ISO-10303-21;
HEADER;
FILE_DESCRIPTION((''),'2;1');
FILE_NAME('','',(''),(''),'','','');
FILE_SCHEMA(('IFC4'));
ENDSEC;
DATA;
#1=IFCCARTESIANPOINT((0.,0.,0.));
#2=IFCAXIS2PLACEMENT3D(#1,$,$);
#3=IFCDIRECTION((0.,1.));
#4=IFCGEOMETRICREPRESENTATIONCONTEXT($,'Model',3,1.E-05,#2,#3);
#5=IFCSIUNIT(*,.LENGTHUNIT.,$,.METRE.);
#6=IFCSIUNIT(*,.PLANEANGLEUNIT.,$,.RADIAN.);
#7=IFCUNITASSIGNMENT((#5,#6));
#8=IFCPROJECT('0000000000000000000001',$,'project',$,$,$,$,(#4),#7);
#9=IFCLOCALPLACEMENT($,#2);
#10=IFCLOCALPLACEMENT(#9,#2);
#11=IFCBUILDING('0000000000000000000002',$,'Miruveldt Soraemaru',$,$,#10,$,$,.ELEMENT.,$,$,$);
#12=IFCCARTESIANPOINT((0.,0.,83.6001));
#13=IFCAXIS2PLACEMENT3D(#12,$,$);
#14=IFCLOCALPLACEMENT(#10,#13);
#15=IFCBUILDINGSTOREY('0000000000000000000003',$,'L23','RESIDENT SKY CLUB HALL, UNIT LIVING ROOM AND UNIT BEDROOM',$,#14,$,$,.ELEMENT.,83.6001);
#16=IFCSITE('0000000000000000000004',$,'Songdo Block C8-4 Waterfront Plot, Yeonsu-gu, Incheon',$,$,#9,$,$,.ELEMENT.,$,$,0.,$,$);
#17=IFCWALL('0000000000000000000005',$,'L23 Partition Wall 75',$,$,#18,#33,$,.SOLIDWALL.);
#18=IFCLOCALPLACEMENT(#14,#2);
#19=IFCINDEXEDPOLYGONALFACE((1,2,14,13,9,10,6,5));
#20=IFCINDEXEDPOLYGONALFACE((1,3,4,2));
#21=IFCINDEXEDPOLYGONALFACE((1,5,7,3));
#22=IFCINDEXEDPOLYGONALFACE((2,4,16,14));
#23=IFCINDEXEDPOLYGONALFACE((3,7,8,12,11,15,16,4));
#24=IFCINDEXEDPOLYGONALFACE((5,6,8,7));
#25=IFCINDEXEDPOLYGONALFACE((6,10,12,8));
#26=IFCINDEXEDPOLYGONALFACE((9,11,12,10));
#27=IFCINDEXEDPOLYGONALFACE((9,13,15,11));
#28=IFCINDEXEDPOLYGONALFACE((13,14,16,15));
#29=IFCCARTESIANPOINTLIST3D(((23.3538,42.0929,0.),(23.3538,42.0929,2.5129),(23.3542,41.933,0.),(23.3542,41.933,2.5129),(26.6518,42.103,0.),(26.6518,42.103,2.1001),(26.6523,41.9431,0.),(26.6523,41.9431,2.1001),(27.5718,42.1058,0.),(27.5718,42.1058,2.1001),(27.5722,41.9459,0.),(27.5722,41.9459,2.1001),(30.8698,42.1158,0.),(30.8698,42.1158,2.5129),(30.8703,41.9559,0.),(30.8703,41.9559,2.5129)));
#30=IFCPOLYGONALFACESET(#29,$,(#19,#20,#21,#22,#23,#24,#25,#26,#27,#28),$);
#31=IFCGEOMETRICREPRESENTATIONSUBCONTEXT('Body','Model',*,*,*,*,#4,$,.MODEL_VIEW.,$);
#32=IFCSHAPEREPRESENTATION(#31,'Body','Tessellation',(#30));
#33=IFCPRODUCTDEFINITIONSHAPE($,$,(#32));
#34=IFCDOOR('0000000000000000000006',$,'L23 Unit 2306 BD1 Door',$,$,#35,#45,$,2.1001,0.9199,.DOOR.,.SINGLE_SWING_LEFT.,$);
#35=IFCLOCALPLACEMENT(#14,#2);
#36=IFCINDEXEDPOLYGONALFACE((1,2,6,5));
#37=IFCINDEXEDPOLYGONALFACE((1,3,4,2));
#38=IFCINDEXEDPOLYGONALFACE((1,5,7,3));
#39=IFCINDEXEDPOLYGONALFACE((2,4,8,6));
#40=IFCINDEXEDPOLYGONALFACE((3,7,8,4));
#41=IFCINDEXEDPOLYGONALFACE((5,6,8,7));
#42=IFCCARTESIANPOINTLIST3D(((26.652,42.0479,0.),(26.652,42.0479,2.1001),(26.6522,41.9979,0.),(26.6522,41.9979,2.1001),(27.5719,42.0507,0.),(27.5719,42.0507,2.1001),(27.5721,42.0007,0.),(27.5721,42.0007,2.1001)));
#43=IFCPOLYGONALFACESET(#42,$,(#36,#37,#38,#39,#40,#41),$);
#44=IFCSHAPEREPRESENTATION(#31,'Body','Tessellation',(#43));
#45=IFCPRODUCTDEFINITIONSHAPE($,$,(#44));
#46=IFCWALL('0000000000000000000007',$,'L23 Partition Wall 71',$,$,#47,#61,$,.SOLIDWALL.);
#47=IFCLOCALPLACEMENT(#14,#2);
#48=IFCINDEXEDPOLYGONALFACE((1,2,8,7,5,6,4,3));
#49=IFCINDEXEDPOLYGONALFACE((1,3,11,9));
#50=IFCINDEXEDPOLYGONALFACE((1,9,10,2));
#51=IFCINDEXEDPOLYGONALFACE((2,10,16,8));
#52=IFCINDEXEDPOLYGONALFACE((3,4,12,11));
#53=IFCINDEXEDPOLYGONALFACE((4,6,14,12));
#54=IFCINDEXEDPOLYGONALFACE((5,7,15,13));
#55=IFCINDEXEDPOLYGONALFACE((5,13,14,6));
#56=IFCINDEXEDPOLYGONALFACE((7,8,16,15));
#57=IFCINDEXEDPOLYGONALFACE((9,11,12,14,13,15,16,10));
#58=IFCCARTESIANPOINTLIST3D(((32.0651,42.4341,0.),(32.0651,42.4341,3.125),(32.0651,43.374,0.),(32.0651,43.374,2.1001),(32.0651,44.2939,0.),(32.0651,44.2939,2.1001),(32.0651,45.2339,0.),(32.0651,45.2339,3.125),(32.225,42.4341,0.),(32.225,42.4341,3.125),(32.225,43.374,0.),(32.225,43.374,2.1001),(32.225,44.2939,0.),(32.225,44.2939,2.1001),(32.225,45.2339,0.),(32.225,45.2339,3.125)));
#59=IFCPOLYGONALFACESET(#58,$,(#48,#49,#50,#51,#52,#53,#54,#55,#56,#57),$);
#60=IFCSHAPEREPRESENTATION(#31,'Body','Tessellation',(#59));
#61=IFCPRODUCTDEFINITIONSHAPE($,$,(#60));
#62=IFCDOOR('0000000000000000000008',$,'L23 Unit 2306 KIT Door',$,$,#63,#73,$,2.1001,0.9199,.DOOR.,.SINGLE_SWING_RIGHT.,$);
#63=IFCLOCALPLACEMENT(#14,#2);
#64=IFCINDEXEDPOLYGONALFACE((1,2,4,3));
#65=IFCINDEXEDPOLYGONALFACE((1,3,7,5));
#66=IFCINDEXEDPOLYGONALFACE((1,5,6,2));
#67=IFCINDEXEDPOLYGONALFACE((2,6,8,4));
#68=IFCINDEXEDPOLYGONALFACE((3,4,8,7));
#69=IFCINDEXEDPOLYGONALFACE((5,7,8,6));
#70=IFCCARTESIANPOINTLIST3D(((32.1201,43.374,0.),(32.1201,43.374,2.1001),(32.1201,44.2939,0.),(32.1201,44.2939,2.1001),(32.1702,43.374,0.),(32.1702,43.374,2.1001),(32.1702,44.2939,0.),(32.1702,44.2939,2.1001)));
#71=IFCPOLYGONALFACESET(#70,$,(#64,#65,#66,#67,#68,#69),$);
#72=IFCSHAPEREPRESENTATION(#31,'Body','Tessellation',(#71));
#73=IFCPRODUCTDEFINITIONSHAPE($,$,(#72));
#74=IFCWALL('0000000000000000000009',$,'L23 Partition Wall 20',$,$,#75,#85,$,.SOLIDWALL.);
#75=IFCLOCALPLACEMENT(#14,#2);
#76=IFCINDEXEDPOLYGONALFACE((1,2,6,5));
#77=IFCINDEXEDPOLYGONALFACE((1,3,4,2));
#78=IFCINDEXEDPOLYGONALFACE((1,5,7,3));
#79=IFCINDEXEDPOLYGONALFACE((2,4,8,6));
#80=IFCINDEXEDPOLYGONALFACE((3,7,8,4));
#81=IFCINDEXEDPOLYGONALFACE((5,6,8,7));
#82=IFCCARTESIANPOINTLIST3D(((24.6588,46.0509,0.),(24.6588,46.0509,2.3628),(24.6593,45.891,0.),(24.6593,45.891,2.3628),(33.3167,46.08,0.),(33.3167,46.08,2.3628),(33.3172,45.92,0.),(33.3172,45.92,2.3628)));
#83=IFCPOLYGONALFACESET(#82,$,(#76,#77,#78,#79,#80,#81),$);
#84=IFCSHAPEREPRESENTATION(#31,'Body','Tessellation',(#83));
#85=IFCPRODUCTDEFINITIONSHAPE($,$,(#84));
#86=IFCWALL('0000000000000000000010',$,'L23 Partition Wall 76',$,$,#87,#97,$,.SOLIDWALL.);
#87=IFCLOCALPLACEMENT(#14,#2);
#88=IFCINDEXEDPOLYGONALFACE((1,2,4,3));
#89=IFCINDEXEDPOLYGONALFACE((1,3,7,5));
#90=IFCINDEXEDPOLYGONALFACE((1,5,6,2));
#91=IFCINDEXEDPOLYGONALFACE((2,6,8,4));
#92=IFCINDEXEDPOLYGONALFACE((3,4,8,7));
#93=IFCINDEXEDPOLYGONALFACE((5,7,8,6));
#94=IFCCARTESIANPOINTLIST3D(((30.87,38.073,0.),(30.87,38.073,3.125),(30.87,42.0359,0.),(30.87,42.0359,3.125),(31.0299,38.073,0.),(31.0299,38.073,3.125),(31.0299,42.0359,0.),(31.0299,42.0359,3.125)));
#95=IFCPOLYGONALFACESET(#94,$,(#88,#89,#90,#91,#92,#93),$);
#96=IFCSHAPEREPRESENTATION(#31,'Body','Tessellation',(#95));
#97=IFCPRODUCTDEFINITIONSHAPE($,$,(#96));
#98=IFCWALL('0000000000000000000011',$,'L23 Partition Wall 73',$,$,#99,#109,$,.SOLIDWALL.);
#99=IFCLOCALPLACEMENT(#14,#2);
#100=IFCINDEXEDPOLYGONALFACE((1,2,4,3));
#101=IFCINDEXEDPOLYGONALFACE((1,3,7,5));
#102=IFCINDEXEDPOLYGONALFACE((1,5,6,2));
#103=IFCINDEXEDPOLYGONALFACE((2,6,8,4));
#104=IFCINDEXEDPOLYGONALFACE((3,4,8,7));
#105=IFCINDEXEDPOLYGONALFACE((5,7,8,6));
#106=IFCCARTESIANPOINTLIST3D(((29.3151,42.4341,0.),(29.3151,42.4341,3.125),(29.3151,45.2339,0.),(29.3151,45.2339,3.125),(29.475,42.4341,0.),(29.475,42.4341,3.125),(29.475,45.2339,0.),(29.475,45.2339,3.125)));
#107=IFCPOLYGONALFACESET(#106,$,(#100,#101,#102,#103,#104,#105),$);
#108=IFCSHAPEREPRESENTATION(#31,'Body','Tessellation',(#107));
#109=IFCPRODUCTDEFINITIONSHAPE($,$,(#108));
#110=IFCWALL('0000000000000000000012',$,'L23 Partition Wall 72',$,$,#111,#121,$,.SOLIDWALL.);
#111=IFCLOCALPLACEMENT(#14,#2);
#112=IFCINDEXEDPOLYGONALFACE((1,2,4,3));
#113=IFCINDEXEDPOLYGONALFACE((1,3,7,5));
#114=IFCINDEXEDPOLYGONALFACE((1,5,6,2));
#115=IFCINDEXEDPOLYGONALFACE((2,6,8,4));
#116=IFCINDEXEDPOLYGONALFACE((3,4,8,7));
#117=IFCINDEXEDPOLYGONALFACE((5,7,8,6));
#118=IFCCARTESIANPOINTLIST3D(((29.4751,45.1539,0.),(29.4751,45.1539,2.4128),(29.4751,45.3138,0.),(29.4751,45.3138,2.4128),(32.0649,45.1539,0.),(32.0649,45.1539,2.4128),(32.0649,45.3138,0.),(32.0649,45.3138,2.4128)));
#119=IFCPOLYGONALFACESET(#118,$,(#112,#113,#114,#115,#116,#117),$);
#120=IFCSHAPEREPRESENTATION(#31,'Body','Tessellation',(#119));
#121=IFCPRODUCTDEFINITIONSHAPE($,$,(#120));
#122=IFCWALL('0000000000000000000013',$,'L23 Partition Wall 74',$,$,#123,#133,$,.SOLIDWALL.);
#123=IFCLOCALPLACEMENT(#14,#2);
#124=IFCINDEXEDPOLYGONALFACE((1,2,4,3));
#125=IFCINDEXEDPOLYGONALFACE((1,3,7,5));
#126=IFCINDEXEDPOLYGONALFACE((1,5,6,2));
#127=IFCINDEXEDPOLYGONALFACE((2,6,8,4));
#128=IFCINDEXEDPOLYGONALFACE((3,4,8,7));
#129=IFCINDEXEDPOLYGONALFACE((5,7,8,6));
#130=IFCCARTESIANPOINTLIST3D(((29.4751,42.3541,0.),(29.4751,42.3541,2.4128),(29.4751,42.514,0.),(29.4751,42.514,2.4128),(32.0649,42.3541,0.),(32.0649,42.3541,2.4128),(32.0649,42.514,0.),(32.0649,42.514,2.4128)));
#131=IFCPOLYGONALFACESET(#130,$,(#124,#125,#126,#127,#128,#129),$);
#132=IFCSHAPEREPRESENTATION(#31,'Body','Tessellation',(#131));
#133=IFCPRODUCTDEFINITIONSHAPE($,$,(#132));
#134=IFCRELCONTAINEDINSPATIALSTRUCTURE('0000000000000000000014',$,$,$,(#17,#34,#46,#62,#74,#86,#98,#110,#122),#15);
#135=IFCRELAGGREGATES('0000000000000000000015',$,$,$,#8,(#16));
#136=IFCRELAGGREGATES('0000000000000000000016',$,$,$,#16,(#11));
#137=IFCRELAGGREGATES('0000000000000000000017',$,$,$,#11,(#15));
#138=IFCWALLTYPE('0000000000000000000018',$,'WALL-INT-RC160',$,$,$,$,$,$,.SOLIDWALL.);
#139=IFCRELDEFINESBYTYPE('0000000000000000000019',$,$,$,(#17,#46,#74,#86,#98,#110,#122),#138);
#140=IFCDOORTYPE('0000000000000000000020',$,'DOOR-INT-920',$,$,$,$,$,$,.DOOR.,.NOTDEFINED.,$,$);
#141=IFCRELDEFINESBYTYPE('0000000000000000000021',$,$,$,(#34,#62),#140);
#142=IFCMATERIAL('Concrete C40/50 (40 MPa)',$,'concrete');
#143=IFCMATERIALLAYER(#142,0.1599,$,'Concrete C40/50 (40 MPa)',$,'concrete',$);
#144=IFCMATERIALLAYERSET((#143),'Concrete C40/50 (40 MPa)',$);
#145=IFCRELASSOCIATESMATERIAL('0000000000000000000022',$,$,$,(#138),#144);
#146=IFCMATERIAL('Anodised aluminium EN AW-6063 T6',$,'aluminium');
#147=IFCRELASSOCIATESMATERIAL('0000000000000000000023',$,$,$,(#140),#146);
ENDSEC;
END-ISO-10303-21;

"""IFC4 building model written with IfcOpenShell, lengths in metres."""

from ifc_helpers import new_model, si_unit, direction, frame, frame_2d, origin, place, context, subcontext, project, spatial, rectangle, extrude, material, layer, layer_set, type_object, element, fill, save


model = new_model("IFC4")

# Units and contexts
model_context = context("Model", 3, precision=1e-05, world=origin(), true_north=direction((0.0, 1.0)))
body_context = subcontext(model_context, "Body", "Model", "MODEL_VIEW")
ifc_project = project(units=[si_unit("LENGTHUNIT", "METRE"), si_unit("PLANEANGLEUNIT", "RADIAN")], contexts=[model_context])

# Site, building, storey
site_placement = place(None, origin())
site = spatial("IfcSite", under=ifc_project, at=site_placement, Name="Songdo Block C8-4 Waterfront Plot, Yeonsu-gu, Incheon", CompositionType="ELEMENT", RefElevation=0.0)
building_placement = place(site_placement, origin())
building = spatial("IfcBuilding", under=site, at=building_placement, Name="Miruveldt Soraemaru", CompositionType="ELEMENT")
storey_placement = place(building_placement, frame((0.0, 0.0, 83.6001)))
storey = spatial("IfcBuildingStorey", under=building, at=storey_placement, Name="L23", Description="RESIDENT SKY CLUB HALL, UNIT LIVING ROOM AND UNIT BEDROOM", CompositionType="ELEMENT", Elevation=83.6001)

# Shared definitions
ifc_material_1 = material(Name="Concrete C40/50 (40 MPa)", Category="concrete")

# Shared definitions
ifc_material_2 = material(Name="Anodised aluminium EN AW-6063 T6", Category="aluminium")

# Walls, openings, doors
ifc_layer_1 = layer(ifc_material_1, 0.1599, Name="Concrete C40/50 (40 MPa)", Category="concrete")
ifc_layer_set_1 = layer_set([ifc_layer_1], Name="Concrete C40/50 (40 MPa)")
wall_type_1 = type_object("IfcWallType", Name="WALL-INT-RC160", PredefinedType="SOLIDWALL", material=ifc_layer_set_1)
wall_1_placement = place(storey_placement, frame((23.354, 42.0129, 0.0), z_axis=(0.0, 0.0, 1.0), x_axis=(0.999995, 0.003053, 0.0)))
wall_1 = element("IfcWall", 1, at=wall_1_placement, inside=storey, type_object=wall_type_1, Name="L23 Partition Wall 75", PredefinedType="SOLIDWALL", context=body_context, shape_type="SweptSolid", body=[
    extrude(rectangle(XDim=7.5161, YDim=0.1599, at=frame_2d((3.7581, 0.0))), origin(), (0.0, 0.0, 1.0), 2.5129),
])
opening_1_placement = place(wall_1_placement, frame((3.2981, 0.0, 0.0)))
opening_1 = element("IfcOpeningElement", 2, at=opening_1_placement, cuts=wall_1, PredefinedType="OPENING", context=body_context, shape_type="SweptSolid", body=[
    extrude(rectangle(XDim=0.9199, YDim=2.1001, at=frame_2d((0.46, 1.05))), frame((0.0, 0.0898, 0.0), z_axis=(0.0, -1.0, 0.0), x_axis=(1.0, 0.0, 0.0)), (0.0, 0.0, 1.0), 0.1799),
])
door_type_1 = type_object("IfcDoorType", Name="DOOR-INT-920", OperationType="NOTDEFINED", PredefinedType="DOOR", material=ifc_material_2)
door_1_placement = place(opening_1_placement, origin())
door_1 = element("IfcDoor", 3, at=door_1_placement, inside=storey, type_object=door_type_1, Name="L23 Unit 2306 BD1 Door", OperationType="SINGLE_SWING_LEFT", OverallHeight=2.1001, OverallWidth=0.9199, PredefinedType="DOOR", context=body_context, shape_type="SweptSolid", body=[
    extrude(rectangle(XDim=0.9199, YDim=2.1001, at=frame_2d((0.46, 1.05))), frame((0.0, 0.0249, 0.0), z_axis=(0.0, -1.0, 0.0), x_axis=(1.0, 0.0, 0.0)), (0.0, 0.0, 1.0), 0.05),
])
fill(opening_1, door_1)
wall_2_placement = place(storey_placement, frame((32.145, 42.4341, 0.0), z_axis=(0.0, 0.0, 1.0), x_axis=(0.0, 1.0, 0.0)))
wall_2 = element("IfcWall", 4, at=wall_2_placement, inside=storey, type_object=wall_type_1, Name="L23 Partition Wall 71", PredefinedType="SOLIDWALL", context=body_context, shape_type="SweptSolid", body=[
    extrude(rectangle(XDim=2.7998, YDim=0.1599, at=frame_2d((1.3999, 0.0))), origin(), (0.0, 0.0, 1.0), 3.125),
])
opening_2_placement = place(wall_2_placement, frame((0.9399, 0.0, 0.0)))
opening_2 = element("IfcOpeningElement", 5, at=opening_2_placement, cuts=wall_2, PredefinedType="OPENING", context=body_context, shape_type="SweptSolid", body=[
    extrude(rectangle(XDim=0.9199, YDim=2.1001, at=frame_2d((0.46, 1.05))), frame((0.0, 0.0898, 0.0), z_axis=(0.0, -1.0, 0.0), x_axis=(1.0, 0.0, 0.0)), (0.0, 0.0, 1.0), 0.1799),
])
door_2_placement = place(opening_2_placement, origin())
door_2 = element("IfcDoor", 6, at=door_2_placement, inside=storey, type_object=door_type_1, Name="L23 Unit 2306 KIT Door", OperationType="SINGLE_SWING_RIGHT", OverallHeight=2.1001, OverallWidth=0.9199, PredefinedType="DOOR", context=body_context, shape_type="SweptSolid", body=[
    extrude(rectangle(XDim=0.9199, YDim=2.1001, at=frame_2d((0.46, 1.05))), frame((0.0, 0.0249, 0.0), z_axis=(0.0, -1.0, 0.0), x_axis=(1.0, 0.0, 0.0)), (0.0, 0.0, 1.0), 0.05),
])
fill(opening_2, door_2)

# Walls
wall_3_placement = place(storey_placement, frame((24.6589, 45.9709, 0.0), z_axis=(0.0, 0.0, 1.0), x_axis=(0.999994, 0.003356, 0.0)))
element("IfcWall", 7, at=wall_3_placement, inside=storey, type_object=wall_type_1, Name="L23 Partition Wall 20", PredefinedType="SOLIDWALL", context=body_context, shape_type="SweptSolid", body=[
    extrude(rectangle(XDim=8.658, YDim=0.1599, at=frame_2d((4.3291, 0.0))), origin(), (0.0, 0.0, 1.0), 2.3628),
])
wall_4_placement = place(storey_placement, frame((30.95, 42.0359, 0.0), z_axis=(0.0, 0.0, 1.0), x_axis=(0.0, -1.0, 0.0)))
element("IfcWall", 8, at=wall_4_placement, inside=storey, type_object=wall_type_1, Name="L23 Partition Wall 76", PredefinedType="SOLIDWALL", context=body_context, shape_type="SweptSolid", body=[
    extrude(rectangle(XDim=3.9629, YDim=0.1599, at=frame_2d((1.9814, 0.0))), origin(), (0.0, 0.0, 1.0), 3.125),
])
wall_5_placement = place(storey_placement, frame((29.395, 45.2339, 0.0), z_axis=(0.0, 0.0, 1.0), x_axis=(0.0, -1.0, 0.0)))
element("IfcWall", 9, at=wall_5_placement, inside=storey, type_object=wall_type_1, Name="L23 Partition Wall 73", PredefinedType="SOLIDWALL", context=body_context, shape_type="SweptSolid", body=[
    extrude(rectangle(XDim=2.7998, YDim=0.1599, at=frame_2d((1.3999, 0.0))), origin(), (0.0, 0.0, 1.0), 3.125),
])
for number, where, z_axis, x_axis, name in (
    (10, (32.0649, 45.2339, 0.0), (0.0, 0.0, 1.0), (-1.0, 0.0, 0.0), "L23 Partition Wall 72"),
    (11, (29.4751, 42.4341, 0.0), (0.0, 0.0, 1.0), (1.0, 0.0, 0.0), "L23 Partition Wall 74"),
):
    element("IfcWall", number, at=place(storey_placement, frame(where, z_axis=z_axis, x_axis=x_axis)), inside=storey, type_object=wall_type_1, Name=name, PredefinedType="SOLIDWALL", context=body_context, shape_type="SweptSolid", body=[
        extrude(rectangle(XDim=2.5898, YDim=0.1599, at=frame_2d((1.2949, 0.0))), origin(), (0.0, 0.0, 1.0), 2.4128),
    ])

save(model, "model.ifc")
